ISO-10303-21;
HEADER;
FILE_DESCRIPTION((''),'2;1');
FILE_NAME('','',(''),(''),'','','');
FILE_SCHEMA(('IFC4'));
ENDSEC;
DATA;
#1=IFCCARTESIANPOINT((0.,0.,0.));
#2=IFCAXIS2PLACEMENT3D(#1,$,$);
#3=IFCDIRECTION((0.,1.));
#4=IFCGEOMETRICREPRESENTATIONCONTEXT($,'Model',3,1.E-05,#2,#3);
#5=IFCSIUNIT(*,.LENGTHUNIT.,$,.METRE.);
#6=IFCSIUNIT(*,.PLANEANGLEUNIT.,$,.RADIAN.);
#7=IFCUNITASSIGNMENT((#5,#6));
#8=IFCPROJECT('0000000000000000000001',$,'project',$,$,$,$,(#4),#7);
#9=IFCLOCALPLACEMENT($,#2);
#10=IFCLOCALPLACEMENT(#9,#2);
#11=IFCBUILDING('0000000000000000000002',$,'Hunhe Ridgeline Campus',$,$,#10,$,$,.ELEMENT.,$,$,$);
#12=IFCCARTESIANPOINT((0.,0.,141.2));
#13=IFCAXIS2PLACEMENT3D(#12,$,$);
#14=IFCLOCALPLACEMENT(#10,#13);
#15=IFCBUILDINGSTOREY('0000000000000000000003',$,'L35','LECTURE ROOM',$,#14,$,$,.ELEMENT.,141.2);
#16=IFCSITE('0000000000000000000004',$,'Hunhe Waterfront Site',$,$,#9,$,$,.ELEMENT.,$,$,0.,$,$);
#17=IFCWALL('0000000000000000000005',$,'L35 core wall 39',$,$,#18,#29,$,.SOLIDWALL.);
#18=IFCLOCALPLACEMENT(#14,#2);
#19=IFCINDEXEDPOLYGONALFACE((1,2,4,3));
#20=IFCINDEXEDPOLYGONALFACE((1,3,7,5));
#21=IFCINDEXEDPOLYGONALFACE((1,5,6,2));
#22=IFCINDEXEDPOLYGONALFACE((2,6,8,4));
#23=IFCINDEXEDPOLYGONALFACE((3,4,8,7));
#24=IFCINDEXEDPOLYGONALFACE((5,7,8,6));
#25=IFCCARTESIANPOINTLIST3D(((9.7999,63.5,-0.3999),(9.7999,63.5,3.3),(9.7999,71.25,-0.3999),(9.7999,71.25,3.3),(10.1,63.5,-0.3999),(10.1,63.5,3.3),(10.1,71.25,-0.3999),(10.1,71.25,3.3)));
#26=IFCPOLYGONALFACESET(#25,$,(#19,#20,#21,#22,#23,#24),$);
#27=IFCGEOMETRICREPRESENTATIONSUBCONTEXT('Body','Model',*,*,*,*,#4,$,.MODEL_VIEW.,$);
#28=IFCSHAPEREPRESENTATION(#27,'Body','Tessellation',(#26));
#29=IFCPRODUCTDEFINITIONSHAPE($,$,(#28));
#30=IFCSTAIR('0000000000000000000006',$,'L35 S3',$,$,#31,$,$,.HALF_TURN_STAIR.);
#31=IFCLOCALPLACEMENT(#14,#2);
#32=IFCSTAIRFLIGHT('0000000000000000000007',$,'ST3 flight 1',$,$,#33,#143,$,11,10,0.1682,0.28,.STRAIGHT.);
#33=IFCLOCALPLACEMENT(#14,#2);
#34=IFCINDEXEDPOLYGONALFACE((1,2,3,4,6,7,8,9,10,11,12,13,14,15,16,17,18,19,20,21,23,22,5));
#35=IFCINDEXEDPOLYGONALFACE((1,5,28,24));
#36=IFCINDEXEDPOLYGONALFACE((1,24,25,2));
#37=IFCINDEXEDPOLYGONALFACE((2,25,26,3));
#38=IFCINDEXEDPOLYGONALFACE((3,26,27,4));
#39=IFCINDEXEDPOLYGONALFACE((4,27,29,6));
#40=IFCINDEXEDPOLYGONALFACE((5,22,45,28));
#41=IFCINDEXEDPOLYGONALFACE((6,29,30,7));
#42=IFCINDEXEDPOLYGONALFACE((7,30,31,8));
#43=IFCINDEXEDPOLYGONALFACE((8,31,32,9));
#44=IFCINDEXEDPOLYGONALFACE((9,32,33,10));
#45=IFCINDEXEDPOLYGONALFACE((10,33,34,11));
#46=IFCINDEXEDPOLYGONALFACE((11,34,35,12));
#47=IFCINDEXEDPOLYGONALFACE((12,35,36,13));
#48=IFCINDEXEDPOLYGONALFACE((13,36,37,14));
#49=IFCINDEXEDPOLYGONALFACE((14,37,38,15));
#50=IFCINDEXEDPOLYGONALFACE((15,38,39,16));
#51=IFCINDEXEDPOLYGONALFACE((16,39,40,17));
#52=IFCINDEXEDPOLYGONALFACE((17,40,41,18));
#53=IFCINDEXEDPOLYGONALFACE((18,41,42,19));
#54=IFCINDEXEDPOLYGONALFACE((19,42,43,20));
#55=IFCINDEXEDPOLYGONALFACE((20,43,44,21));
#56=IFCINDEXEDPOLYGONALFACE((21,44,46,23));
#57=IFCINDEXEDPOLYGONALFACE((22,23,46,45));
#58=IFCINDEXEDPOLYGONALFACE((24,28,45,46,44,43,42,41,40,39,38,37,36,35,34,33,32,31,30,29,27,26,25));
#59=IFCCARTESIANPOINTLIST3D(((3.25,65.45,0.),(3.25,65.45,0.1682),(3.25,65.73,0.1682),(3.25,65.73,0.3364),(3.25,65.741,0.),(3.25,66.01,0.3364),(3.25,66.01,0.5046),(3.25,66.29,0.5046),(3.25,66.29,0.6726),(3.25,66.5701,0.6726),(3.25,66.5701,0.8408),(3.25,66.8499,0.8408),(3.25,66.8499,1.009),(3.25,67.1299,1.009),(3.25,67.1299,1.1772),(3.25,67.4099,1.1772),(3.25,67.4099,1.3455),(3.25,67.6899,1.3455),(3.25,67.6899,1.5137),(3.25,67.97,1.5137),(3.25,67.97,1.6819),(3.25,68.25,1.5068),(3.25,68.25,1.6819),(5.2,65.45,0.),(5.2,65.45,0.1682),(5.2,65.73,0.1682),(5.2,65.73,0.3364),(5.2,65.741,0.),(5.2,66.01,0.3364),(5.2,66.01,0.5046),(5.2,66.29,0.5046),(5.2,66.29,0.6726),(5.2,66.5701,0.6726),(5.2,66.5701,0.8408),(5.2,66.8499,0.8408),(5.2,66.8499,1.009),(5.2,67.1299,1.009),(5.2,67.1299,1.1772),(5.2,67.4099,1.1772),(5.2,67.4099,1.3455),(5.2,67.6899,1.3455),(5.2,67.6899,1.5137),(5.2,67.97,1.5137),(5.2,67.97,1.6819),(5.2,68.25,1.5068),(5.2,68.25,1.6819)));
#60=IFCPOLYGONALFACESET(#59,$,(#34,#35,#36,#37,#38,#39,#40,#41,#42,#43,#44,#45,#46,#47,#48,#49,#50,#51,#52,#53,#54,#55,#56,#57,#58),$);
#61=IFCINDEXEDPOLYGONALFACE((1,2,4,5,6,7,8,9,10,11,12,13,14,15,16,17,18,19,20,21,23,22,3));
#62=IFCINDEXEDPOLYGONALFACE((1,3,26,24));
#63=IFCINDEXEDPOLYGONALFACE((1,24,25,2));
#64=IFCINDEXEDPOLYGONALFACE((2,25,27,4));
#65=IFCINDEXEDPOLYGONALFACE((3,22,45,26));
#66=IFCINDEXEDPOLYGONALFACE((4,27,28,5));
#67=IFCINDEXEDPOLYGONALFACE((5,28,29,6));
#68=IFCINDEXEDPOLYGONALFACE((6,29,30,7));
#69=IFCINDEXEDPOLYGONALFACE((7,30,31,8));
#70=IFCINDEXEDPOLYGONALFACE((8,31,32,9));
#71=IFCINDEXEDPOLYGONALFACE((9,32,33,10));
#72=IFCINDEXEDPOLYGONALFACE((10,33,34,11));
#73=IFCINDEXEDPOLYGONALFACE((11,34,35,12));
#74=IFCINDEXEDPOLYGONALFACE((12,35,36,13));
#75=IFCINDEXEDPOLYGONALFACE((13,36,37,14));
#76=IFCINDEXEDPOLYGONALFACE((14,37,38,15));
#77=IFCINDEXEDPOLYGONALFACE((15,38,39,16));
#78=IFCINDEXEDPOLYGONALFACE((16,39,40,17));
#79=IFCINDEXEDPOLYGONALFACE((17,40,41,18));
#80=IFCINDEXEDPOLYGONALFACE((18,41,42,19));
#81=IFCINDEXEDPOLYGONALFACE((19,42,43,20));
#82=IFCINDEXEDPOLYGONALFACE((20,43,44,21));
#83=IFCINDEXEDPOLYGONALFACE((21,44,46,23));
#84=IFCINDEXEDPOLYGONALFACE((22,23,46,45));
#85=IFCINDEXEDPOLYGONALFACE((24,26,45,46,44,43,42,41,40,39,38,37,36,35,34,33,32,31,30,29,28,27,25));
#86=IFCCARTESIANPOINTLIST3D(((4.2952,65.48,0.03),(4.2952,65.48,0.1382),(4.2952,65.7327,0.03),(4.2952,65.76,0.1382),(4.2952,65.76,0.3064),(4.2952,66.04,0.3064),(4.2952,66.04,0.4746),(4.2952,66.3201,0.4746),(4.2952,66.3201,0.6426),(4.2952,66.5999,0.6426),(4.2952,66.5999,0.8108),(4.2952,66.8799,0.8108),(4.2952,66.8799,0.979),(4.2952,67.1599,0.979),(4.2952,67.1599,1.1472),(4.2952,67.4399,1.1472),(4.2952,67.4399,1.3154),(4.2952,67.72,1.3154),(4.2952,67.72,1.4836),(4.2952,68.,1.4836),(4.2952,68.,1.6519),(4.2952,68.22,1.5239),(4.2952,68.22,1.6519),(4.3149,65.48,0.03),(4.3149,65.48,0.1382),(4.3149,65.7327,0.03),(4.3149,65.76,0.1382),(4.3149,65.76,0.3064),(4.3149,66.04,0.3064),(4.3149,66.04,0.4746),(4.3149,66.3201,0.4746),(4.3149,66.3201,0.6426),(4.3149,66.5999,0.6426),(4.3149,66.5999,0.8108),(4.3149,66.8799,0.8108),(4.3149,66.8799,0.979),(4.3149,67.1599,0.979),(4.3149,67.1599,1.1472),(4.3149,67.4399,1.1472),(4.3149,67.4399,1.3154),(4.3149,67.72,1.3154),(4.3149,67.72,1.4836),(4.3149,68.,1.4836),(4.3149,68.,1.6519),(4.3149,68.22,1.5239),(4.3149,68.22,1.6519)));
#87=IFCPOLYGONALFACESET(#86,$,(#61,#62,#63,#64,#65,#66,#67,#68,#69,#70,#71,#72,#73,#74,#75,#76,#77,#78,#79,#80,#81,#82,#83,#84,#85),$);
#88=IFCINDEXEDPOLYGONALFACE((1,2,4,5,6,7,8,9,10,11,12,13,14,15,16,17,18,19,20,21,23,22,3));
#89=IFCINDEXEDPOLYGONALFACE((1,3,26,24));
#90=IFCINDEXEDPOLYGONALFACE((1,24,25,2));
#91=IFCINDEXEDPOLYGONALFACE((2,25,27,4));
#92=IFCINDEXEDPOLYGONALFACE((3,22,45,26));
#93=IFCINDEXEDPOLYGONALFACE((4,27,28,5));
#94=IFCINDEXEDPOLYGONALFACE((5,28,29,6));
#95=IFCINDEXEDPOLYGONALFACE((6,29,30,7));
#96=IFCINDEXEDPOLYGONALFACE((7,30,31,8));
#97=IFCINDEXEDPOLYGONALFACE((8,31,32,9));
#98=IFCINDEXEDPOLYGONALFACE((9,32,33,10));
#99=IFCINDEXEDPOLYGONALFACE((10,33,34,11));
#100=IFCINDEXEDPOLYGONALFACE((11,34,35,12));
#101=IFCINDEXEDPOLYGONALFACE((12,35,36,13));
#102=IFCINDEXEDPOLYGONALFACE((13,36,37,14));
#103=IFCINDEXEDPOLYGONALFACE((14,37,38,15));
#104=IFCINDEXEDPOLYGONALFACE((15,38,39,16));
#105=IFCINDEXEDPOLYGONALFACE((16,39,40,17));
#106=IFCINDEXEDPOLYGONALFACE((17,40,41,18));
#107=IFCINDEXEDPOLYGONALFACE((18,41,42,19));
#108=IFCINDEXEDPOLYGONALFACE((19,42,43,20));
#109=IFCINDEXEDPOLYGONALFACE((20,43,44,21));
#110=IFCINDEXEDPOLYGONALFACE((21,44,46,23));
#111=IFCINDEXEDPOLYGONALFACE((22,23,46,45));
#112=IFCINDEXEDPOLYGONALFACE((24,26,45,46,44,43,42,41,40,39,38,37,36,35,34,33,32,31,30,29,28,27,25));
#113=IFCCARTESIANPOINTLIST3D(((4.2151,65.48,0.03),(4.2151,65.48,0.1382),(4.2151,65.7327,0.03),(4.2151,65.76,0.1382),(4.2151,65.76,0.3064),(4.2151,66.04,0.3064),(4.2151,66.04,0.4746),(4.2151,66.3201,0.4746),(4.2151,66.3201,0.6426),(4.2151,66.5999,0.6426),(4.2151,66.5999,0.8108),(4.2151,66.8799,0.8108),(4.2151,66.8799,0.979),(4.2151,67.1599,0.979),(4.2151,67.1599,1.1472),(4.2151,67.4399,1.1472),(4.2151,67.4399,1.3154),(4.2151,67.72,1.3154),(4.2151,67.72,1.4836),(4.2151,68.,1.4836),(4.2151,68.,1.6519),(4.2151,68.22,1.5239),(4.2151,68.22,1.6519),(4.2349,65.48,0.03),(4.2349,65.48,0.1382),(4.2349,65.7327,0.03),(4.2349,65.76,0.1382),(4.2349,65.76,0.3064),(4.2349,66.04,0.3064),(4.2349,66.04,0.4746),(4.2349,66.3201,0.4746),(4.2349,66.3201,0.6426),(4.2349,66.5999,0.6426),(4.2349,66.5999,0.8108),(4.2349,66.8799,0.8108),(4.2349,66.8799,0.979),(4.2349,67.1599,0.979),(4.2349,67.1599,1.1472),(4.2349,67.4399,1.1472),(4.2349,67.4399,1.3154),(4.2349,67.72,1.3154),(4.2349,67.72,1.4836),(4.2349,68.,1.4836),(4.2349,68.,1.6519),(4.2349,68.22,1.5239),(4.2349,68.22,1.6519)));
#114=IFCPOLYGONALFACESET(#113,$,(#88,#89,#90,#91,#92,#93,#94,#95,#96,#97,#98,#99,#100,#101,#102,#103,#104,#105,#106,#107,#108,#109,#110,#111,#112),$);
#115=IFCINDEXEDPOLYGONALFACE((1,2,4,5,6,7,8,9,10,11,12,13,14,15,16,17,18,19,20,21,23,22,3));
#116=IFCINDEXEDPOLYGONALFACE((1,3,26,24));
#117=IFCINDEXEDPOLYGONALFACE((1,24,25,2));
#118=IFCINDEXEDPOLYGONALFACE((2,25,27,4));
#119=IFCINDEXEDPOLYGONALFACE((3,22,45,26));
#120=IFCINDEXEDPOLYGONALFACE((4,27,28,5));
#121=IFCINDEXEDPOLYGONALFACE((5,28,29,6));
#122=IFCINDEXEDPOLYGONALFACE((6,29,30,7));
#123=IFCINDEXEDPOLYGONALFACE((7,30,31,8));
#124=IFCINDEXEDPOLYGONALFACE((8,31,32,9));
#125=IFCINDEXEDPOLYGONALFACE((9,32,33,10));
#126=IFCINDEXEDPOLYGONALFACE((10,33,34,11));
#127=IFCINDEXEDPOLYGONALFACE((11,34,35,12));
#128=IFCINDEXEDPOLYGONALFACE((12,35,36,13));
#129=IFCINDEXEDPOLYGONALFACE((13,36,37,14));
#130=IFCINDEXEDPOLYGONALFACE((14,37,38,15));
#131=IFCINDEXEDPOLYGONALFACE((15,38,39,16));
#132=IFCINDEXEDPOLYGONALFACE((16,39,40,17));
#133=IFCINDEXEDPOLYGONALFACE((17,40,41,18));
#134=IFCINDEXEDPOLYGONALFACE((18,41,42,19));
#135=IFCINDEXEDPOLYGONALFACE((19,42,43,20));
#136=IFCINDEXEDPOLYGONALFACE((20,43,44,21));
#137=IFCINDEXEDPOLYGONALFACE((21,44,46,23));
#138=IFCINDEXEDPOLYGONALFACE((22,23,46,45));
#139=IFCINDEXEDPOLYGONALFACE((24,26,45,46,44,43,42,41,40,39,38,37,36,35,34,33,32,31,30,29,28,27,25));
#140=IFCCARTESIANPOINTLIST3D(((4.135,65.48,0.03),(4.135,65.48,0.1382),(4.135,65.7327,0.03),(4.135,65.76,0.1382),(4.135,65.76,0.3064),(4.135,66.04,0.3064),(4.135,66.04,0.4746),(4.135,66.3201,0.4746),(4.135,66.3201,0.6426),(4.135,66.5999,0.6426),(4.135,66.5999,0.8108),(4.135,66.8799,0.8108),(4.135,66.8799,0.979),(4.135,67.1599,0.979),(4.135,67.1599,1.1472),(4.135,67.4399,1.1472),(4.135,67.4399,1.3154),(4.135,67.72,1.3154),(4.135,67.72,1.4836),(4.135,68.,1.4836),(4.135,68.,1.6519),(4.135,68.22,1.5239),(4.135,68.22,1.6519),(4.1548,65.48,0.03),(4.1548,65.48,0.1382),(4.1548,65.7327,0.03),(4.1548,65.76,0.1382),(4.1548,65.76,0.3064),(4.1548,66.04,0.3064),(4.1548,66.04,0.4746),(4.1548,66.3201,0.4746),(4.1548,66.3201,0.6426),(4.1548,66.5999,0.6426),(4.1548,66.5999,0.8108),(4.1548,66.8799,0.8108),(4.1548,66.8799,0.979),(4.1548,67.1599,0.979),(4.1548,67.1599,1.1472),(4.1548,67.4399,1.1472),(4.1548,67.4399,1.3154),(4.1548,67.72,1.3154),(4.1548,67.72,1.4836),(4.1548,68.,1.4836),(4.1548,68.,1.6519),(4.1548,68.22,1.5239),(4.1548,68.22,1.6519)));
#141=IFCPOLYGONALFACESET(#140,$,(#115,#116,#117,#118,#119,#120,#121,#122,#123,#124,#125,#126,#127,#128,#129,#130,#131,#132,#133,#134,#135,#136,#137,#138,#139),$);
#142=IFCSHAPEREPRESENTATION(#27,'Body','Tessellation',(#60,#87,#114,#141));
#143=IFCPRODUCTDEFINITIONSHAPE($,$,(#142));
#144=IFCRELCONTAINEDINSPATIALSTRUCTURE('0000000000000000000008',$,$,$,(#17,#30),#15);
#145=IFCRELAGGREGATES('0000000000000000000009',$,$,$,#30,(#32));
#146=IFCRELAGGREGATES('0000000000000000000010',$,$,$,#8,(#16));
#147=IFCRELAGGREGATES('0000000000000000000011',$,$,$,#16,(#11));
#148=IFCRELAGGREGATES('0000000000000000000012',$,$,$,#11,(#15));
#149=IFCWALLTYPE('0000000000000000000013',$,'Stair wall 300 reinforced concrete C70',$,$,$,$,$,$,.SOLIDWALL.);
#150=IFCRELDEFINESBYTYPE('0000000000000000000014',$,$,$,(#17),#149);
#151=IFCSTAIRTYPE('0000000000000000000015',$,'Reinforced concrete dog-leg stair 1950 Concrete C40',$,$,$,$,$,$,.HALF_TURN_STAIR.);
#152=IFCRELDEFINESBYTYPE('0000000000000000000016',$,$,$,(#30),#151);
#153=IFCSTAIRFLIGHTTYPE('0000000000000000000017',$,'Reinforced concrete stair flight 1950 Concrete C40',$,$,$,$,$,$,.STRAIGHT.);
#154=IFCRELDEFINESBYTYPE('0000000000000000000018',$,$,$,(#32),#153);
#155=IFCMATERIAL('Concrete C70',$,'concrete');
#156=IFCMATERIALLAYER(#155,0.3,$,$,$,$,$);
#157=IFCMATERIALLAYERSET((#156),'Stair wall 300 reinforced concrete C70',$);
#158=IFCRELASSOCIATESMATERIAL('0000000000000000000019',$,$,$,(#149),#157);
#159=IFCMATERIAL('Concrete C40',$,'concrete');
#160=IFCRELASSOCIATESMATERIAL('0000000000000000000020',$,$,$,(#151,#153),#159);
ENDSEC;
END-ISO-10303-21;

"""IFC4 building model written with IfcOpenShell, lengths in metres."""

from ifc_helpers import new_model, si_unit, direction, frame, frame_2d, origin, place, context, subcontext, project, spatial, polyline, rectangle, outline, extrude, material, layer, layer_set, type_object, element, aggregate, save


model = new_model("IFC4")

# Units and contexts
model_context = context("Model", 3, precision=1e-05, world=origin(), true_north=direction((0.0, 1.0)))
body_context = subcontext(model_context, "Body", "Model", "MODEL_VIEW")
ifc_project = project(units=[si_unit("LENGTHUNIT", "METRE"), si_unit("PLANEANGLEUNIT", "RADIAN")], contexts=[model_context])

# Site, building, storey
site_placement = place(None, origin())
site = spatial("IfcSite", under=ifc_project, at=site_placement, Name="Hunhe Waterfront Site", CompositionType="ELEMENT", RefElevation=0.0)
building_placement = place(site_placement, origin())
building = spatial("IfcBuilding", under=site, at=building_placement, Name="Hunhe Ridgeline Campus", CompositionType="ELEMENT")
storey_placement = place(building_placement, frame((0.0, 0.0, 141.2)))
storey = spatial("IfcBuildingStorey", under=building, at=storey_placement, Name="L35", Description="LECTURE ROOM", CompositionType="ELEMENT", Elevation=141.2)

# Shared definitions
ifc_material_1 = material(Name="Concrete C70", Category="concrete")

# Shared definitions
ifc_layer_1 = layer(ifc_material_1, 0.3)
ifc_layer_set_1 = layer_set([ifc_layer_1], Name="Stair wall 300 reinforced concrete C70")
wall_type_1 = type_object("IfcWallType", Name="Stair wall 300 reinforced concrete C70", PredefinedType="SOLIDWALL", material=ifc_layer_set_1)

# Wall
wall_1_placement = place(storey_placement, frame((9.95, 63.5, -0.3999), z_axis=(0.0, 0.0, 1.0), x_axis=(0.0, 1.0, 0.0)))
element("IfcWall", 1, at=wall_1_placement, inside=storey, type_object=wall_type_1, Name="L35 core wall 39", PredefinedType="SOLIDWALL", context=body_context, shape_type="SweptSolid", body=[
    extrude(rectangle(XDim=7.75, YDim=0.3, at=frame_2d((3.875, 0.0))), origin(), (0.0, 0.0, 1.0), 3.7),
])

# Stair, stair flight
ifc_material_2 = material(Name="Concrete C40", Category="concrete")
stair_type = type_object("IfcStairType", Name="Reinforced concrete dog-leg stair 1950 Concrete C40", PredefinedType="HALF_TURN_STAIR", material=ifc_material_2)
stair_1_placement = place(storey_placement, origin())
stair_1 = element("IfcStair", 2, at=stair_1_placement, inside=storey, type_object=stair_type, Name="L35 S3", PredefinedType="HALF_TURN_STAIR")
stair_flight_type = type_object("IfcStairFlightType", Name="Reinforced concrete stair flight 1950 Concrete C40", PredefinedType="STRAIGHT", material=ifc_material_2)
stair_flight_1_placement = place(storey_placement, frame((4.2251, 65.45, 0.0), z_axis=(0.0, 0.0, 1.0), x_axis=(0.0, 1.0, 0.0)))
stair_flight_1 = element("IfcStairFlight", 3, at=stair_flight_1_placement, type_object=stair_flight_type, Name="ST3 flight 1", NumberOfRisers=11, NumberOfTreads=10, PredefinedType="STRAIGHT", RiserHeight=0.1682, TreadLength=0.28, context=body_context, shape_type="SweptSolid", body=[
    extrude(outline(polyline([(0.0, 0.0), (0.0, 0.1682), (0.28, 0.1682), (0.28, 0.3364), (0.5601, 0.3364), (0.5601, 0.5046), (0.8401, 0.5046), (0.8401, 0.6726), (1.1201, 0.6726), (1.1201, 0.8408), (1.3999, 0.8408), (1.3999, 1.009), (1.6799, 1.009), (1.6799, 1.1772), (1.96, 1.1772), (1.96, 1.3455), (2.24, 1.3455), (2.24, 1.5137), (2.52, 1.5137), (2.52, 1.6819), (2.8, 1.6819), (2.8, 1.8501), (2.8, 1.5068), (0.291, 0.0), (0.0, 0.0)])), frame((0.0, 0.9751, 0.0), z_axis=(0.0, -1.0, 0.0), x_axis=(1.0, 0.0, 0.0)), (0.0, 0.0, 1.0), 1.95),
    extrude(outline(polyline([(0.03, 0.03), (0.03, 0.1382), (0.3101, 0.1382), (0.3101, 0.3064), (0.5901, 0.3064), (0.5901, 0.4746), (0.8701, 0.4746), (0.8701, 0.6426), (1.1499, 0.6426), (1.1499, 0.8108), (1.4299, 0.8108), (1.4299, 0.979), (1.71, 0.979), (1.71, 1.1472), (1.99, 1.1472), (1.99, 1.3154), (2.27, 1.3154), (2.27, 1.4836), (2.55, 1.4836), (2.55, 1.6519), (2.77, 1.6519), (2.77, 1.5239), (0.2827, 0.03), (0.03, 0.03)])), frame((0.0, -0.0701, 0.0), z_axis=(0.0, -1.0, 0.0), x_axis=(1.0, 0.0, 0.0)), (0.0, 0.0, 1.0), 0.0198),
    extrude(outline(polyline([(0.03, 0.03), (0.03, 0.1382), (0.3101, 0.1382), (0.3101, 0.3064), (0.5901, 0.3064), (0.5901, 0.4746), (0.8701, 0.4746), (0.8701, 0.6426), (1.1499, 0.6426), (1.1499, 0.8108), (1.4299, 0.8108), (1.4299, 0.979), (1.71, 0.979), (1.71, 1.1472), (1.99, 1.1472), (1.99, 1.3154), (2.27, 1.3154), (2.27, 1.4836), (2.55, 1.4836), (2.55, 1.6519), (2.77, 1.6519), (2.77, 1.5239), (0.2827, 0.03), (0.03, 0.03)])), frame((0.0, 0.01, 0.0), z_axis=(0.0, -1.0, 0.0), x_axis=(1.0, 0.0, 0.0)), (0.0, 0.0, 1.0), 0.0198),
    extrude(outline(polyline([(0.03, 0.03), (0.03, 0.1382), (0.3101, 0.1382), (0.3101, 0.3064), (0.5901, 0.3064), (0.5901, 0.4746), (0.8701, 0.4746), (0.8701, 0.6426), (1.1499, 0.6426), (1.1499, 0.8108), (1.4299, 0.8108), (1.4299, 0.979), (1.71, 0.979), (1.71, 1.1472), (1.99, 1.1472), (1.99, 1.3154), (2.27, 1.3154), (2.27, 1.4836), (2.55, 1.4836), (2.55, 1.6519), (2.77, 1.6519), (2.77, 1.5239), (0.2827, 0.03), (0.03, 0.03)])), frame((0.0, 0.0901, 0.0), z_axis=(0.0, -1.0, 0.0), x_axis=(1.0, 0.0, 0.0)), (0.0, 0.0, 1.0), 0.0198),
])
aggregate(stair_1, [stair_flight_1])

save(model, "model.ifc")
